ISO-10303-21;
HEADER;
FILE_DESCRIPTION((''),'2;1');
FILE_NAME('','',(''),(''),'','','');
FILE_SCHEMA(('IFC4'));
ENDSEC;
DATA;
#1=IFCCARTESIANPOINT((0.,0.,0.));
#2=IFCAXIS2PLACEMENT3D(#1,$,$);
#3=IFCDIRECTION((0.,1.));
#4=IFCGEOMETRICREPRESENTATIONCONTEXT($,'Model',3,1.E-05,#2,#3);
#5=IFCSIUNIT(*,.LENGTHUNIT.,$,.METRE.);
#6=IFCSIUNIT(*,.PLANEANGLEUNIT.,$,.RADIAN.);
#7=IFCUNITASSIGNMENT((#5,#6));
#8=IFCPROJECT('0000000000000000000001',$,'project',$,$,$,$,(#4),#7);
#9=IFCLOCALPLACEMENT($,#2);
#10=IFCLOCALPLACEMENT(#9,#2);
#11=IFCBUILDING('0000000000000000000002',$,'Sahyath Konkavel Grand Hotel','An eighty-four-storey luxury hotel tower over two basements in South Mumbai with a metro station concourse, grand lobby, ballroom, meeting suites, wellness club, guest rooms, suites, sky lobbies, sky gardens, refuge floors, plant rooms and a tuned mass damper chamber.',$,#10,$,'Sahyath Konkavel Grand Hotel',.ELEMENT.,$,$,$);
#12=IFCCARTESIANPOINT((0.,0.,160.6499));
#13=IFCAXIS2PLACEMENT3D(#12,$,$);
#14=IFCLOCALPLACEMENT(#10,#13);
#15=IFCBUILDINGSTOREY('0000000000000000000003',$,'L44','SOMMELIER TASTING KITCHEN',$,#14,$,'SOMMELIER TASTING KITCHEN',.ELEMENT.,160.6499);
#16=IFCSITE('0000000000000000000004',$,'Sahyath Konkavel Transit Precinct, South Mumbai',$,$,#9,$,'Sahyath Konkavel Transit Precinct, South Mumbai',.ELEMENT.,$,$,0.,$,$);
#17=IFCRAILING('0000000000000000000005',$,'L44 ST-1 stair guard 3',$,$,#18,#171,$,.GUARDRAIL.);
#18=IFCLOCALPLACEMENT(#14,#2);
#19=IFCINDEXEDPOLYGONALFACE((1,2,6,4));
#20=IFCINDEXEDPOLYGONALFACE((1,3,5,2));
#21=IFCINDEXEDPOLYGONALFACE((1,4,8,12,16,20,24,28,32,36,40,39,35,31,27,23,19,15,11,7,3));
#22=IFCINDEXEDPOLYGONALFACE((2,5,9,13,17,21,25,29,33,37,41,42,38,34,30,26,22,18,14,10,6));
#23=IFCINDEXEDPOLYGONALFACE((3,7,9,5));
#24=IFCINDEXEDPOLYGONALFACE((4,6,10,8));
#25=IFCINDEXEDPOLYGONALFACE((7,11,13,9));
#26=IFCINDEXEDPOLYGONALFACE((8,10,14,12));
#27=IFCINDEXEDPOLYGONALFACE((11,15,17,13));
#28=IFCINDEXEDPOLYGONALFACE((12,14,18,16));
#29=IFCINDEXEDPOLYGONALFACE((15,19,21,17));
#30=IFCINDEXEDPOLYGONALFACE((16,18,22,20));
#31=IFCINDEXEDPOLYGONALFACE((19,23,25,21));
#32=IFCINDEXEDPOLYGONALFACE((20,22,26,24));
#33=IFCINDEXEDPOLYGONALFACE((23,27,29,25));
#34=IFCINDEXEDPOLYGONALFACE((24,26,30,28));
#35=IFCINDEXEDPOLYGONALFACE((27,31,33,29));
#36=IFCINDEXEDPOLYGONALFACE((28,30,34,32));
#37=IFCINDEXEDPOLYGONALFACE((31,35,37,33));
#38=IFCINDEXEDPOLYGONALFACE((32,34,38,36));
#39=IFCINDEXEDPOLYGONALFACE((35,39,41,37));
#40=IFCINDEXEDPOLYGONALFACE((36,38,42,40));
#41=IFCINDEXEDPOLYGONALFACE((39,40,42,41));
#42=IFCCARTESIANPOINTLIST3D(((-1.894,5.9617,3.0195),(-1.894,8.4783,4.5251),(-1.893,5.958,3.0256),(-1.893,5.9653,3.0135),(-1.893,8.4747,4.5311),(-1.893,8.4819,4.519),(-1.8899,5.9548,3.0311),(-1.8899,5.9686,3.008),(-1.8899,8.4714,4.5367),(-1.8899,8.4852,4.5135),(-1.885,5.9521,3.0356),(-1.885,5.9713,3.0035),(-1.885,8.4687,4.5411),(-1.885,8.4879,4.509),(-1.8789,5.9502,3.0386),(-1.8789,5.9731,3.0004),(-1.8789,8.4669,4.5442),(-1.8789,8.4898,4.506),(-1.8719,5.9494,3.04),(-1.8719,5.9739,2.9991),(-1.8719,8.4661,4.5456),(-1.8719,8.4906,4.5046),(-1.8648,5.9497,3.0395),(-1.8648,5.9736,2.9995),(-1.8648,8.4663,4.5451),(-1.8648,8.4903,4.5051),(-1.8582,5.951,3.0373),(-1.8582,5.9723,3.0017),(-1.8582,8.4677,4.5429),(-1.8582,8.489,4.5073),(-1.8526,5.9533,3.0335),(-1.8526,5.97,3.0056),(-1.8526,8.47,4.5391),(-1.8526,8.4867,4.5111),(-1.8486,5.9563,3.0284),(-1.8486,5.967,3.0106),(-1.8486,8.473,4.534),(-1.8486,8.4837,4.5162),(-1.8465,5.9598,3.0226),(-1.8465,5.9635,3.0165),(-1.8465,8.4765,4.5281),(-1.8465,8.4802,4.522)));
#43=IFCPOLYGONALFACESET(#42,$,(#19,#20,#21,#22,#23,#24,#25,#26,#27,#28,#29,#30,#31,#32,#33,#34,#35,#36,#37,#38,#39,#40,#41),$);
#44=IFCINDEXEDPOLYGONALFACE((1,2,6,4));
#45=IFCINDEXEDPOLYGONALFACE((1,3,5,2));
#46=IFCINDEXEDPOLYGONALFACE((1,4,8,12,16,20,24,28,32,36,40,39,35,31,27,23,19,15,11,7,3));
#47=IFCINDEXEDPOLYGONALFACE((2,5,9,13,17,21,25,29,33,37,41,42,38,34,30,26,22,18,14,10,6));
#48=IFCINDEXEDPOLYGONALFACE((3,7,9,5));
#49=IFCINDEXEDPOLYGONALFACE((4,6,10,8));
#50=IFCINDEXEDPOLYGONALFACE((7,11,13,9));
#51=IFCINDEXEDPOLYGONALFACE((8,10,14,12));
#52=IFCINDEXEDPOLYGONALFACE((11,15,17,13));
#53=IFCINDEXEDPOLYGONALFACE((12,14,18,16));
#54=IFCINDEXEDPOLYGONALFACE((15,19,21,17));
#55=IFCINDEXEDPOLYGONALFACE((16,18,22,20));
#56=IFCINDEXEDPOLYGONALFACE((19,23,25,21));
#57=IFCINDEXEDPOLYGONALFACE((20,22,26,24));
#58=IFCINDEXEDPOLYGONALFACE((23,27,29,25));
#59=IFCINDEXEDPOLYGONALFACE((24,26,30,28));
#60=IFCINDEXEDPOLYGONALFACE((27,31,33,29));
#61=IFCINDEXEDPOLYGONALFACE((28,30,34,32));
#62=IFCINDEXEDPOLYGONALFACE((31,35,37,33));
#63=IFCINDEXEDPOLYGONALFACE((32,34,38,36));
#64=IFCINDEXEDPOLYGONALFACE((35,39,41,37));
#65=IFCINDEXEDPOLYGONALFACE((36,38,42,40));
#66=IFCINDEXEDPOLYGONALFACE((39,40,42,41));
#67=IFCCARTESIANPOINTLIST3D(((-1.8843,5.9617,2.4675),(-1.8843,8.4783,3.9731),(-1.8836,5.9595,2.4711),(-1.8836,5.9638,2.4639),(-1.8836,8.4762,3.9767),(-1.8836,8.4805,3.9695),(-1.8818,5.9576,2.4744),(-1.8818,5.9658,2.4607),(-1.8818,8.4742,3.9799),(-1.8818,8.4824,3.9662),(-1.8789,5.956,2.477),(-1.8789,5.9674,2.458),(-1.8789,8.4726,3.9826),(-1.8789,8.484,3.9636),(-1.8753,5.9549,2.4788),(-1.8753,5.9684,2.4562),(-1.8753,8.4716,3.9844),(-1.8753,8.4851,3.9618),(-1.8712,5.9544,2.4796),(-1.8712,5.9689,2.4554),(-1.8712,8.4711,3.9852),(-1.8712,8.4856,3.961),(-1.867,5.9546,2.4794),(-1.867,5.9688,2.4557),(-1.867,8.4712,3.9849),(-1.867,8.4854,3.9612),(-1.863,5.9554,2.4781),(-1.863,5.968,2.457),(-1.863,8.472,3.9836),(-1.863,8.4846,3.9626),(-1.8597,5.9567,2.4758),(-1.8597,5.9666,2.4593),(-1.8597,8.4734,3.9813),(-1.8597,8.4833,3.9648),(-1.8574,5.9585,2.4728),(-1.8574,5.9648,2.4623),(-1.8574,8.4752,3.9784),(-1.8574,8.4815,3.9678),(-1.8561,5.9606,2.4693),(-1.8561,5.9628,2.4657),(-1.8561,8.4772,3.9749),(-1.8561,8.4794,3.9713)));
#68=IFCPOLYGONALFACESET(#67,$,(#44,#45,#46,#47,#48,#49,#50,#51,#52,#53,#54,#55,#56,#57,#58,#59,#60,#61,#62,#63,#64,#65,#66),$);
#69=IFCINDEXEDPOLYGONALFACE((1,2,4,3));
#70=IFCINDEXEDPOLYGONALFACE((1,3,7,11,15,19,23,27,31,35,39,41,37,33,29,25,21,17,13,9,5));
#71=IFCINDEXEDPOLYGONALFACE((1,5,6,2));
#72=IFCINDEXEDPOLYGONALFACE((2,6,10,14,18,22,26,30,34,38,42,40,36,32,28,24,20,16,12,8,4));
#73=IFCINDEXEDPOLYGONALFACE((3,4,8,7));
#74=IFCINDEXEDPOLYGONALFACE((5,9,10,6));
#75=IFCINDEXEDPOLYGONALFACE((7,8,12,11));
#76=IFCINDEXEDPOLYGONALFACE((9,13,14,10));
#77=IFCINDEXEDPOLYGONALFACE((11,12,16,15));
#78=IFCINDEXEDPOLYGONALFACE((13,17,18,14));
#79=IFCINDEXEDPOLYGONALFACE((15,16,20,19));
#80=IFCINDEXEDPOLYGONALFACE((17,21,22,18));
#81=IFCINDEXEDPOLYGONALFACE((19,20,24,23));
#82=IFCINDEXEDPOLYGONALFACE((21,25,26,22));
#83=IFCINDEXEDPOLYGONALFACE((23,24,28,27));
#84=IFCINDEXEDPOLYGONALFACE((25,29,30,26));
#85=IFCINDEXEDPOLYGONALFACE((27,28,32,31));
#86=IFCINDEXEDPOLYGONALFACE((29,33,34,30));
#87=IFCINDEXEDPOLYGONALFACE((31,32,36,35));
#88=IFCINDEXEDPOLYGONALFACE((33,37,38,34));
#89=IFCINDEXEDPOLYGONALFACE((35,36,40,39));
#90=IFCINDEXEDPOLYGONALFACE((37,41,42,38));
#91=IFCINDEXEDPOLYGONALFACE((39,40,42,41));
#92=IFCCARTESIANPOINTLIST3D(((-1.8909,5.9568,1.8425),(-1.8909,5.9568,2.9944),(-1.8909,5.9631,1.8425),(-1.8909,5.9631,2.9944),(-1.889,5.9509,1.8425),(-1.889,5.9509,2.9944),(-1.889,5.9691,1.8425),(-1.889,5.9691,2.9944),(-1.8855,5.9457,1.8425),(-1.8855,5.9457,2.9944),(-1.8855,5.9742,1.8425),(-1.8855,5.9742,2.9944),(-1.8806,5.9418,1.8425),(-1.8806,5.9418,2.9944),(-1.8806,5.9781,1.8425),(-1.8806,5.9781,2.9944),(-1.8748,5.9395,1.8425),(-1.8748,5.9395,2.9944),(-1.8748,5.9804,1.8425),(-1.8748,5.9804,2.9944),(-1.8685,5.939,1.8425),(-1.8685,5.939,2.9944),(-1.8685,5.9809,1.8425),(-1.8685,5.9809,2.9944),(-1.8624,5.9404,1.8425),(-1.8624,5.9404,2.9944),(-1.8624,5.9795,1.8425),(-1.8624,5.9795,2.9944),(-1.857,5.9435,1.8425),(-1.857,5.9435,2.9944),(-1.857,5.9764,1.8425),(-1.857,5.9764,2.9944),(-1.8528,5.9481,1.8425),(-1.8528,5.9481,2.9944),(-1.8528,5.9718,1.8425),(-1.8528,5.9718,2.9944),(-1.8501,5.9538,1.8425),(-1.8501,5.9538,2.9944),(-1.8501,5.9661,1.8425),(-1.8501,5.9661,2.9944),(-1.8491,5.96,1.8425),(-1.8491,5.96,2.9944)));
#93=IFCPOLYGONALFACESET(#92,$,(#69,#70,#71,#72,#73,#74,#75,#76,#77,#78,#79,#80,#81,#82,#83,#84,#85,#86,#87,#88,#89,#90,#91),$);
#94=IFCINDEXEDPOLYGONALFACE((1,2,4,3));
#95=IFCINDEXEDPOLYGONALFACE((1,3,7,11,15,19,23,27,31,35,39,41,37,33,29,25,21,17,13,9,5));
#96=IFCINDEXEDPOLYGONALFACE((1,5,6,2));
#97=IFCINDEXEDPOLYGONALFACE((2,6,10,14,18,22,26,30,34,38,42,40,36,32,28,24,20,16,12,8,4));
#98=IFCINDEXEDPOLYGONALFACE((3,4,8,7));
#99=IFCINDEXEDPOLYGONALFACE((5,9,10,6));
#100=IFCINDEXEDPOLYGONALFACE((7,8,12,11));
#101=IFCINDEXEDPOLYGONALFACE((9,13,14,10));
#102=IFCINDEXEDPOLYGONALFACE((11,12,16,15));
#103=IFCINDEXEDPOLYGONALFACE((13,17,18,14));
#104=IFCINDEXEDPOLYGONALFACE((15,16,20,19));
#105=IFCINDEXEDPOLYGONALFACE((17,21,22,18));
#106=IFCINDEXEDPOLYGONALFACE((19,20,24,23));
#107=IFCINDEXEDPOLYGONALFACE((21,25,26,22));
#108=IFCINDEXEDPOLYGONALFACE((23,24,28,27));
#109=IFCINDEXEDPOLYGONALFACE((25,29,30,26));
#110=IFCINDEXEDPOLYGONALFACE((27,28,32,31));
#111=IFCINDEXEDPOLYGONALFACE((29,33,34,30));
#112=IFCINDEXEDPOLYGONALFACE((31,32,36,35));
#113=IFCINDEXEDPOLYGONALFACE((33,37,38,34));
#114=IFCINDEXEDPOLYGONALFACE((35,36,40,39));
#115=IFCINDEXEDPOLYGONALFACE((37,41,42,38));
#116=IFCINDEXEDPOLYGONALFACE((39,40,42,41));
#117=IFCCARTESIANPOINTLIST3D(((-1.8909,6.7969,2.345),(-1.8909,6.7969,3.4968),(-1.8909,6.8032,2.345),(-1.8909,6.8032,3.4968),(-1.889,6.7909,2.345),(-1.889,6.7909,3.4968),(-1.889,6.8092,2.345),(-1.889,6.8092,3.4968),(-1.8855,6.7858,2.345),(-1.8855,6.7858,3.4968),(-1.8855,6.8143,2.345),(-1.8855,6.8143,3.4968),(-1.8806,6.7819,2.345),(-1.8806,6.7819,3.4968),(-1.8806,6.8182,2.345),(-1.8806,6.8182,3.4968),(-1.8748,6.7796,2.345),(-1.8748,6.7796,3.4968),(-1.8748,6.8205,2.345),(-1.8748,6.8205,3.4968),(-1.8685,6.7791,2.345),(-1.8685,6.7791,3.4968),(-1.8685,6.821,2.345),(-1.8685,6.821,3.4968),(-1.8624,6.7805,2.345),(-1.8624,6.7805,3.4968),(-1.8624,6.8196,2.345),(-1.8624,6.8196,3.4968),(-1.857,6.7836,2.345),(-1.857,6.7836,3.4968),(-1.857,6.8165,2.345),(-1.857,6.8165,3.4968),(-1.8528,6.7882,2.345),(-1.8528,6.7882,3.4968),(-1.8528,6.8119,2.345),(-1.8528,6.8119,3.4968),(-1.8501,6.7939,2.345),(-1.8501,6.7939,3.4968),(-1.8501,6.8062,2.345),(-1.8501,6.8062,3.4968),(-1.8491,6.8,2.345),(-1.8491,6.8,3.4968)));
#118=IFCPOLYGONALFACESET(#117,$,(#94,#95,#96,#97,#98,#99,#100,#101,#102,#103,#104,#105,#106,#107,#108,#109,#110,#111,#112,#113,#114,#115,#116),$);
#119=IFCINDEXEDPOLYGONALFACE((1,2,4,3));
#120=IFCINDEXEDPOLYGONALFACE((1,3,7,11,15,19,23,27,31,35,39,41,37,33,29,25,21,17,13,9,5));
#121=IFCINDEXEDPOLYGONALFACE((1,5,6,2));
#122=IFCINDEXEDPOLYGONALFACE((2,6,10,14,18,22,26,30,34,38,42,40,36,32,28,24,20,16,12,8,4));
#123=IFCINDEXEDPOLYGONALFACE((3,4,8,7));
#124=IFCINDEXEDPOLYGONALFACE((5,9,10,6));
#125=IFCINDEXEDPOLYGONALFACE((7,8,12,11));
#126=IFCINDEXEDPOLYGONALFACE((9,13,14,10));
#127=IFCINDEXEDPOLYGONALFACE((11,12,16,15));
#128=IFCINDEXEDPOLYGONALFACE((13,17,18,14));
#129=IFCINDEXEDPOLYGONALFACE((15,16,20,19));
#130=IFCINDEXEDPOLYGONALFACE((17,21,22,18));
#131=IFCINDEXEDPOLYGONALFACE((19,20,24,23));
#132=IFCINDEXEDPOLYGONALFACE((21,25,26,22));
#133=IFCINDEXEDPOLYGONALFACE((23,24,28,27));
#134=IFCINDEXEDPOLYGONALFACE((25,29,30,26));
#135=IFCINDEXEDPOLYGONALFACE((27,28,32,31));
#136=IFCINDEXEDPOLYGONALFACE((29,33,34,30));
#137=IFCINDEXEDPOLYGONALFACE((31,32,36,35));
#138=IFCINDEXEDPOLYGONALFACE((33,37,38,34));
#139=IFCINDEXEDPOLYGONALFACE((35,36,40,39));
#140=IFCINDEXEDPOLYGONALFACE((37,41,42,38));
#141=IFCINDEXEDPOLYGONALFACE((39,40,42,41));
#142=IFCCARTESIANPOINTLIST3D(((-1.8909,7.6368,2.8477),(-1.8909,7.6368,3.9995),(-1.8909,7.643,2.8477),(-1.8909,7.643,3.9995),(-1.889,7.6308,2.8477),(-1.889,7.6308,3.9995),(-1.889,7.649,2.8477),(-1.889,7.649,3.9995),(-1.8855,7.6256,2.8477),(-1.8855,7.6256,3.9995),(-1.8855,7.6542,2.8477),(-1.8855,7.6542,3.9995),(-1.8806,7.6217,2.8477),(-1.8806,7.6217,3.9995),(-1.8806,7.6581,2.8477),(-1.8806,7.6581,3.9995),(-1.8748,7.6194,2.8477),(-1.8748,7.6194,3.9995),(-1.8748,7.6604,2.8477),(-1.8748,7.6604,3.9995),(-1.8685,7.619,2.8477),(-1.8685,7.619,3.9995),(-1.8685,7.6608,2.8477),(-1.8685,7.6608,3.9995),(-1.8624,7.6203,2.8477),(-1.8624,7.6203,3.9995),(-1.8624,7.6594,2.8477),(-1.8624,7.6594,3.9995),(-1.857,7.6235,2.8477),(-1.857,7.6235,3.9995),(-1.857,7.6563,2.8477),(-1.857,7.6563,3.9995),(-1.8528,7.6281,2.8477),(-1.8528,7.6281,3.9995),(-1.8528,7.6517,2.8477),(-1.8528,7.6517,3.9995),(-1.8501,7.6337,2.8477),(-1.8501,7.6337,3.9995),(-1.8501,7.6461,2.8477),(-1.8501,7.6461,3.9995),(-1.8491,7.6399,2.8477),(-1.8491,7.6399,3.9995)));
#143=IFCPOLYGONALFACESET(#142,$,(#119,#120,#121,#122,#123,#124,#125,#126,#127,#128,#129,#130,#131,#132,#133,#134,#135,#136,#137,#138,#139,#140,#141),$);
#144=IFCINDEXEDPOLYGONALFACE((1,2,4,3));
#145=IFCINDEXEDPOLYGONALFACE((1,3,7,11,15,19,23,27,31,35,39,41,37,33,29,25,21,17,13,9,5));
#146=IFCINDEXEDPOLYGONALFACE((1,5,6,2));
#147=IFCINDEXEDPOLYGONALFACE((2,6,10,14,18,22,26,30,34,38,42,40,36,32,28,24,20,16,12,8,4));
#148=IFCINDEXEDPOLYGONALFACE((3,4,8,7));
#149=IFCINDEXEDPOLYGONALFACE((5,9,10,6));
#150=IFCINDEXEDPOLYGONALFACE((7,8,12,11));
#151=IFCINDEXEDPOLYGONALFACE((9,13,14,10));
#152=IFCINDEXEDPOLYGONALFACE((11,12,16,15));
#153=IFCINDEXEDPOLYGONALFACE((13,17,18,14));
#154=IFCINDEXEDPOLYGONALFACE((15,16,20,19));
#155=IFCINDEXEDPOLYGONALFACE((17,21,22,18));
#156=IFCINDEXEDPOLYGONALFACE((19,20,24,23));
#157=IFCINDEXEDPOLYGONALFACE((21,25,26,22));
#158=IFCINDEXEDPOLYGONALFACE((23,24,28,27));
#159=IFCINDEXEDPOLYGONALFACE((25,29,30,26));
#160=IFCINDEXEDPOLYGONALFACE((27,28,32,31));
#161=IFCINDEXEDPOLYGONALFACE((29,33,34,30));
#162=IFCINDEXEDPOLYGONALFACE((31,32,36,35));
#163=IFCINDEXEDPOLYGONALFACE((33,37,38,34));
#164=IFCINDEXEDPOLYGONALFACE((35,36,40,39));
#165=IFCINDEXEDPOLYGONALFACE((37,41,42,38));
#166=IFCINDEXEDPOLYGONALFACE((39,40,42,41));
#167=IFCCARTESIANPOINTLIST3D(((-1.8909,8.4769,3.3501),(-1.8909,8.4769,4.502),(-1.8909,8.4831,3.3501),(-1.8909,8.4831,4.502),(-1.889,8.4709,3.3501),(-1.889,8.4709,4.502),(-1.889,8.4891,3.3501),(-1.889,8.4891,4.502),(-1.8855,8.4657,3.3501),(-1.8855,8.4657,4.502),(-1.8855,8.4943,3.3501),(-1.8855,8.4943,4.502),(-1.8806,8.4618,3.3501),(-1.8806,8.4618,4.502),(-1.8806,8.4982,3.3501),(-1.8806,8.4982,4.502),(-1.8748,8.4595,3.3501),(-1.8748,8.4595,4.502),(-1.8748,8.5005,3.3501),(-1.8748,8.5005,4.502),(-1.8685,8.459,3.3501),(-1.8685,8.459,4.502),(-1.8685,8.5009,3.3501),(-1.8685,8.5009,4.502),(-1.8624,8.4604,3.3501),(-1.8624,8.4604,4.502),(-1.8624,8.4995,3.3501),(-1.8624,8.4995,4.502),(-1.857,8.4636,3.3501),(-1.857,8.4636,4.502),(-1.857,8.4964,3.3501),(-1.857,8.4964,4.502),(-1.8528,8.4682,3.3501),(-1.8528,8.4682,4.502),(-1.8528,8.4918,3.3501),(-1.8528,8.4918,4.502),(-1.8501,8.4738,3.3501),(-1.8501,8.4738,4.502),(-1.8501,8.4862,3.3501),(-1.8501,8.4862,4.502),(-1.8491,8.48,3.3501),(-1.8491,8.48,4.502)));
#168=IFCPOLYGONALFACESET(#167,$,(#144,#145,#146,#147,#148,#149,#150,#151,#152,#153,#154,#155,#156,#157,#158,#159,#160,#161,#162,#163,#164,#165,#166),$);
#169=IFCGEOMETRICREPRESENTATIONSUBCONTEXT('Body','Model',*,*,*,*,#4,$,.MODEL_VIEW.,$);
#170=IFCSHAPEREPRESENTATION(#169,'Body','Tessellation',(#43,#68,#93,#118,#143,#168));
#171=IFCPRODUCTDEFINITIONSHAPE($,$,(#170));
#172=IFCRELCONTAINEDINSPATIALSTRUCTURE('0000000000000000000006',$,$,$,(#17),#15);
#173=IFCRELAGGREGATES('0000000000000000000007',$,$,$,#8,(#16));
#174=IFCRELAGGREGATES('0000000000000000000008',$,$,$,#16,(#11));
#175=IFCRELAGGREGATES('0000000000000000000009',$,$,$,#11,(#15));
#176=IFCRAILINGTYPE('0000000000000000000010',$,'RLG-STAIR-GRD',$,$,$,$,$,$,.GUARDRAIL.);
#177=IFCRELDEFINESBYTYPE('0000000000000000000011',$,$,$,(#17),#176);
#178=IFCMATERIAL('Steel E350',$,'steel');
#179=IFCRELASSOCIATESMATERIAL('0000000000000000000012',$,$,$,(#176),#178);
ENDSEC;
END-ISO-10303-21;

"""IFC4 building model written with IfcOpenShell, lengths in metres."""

from ifc_helpers import new_model, si_unit, direction, frame, origin, origin_2d, place, context, subcontext, project, spatial, circle, extrude, material, type_object, element, save


model = new_model("IFC4")

# Units and contexts
model_context = context("Model", 3, precision=1e-05, world=origin(), true_north=direction((0.0, 1.0)))
body_context = subcontext(model_context, "Body", "Model", "MODEL_VIEW")
ifc_project = project(units=[si_unit("LENGTHUNIT", "METRE"), si_unit("PLANEANGLEUNIT", "RADIAN")], contexts=[model_context])

# Site, building, storey
site_placement = place(None, origin())
site = spatial("IfcSite", under=ifc_project, at=site_placement, Name="Sahyath Konkavel Transit Precinct, South Mumbai", LongName="Sahyath Konkavel Transit Precinct, South Mumbai", CompositionType="ELEMENT", RefElevation=0.0)
building_placement = place(site_placement, origin())
building = spatial("IfcBuilding", under=site, at=building_placement, Name="Sahyath Konkavel Grand Hotel", Description="An eighty-four-storey luxury hotel tower over two basements in South Mumbai with a metro station concourse, grand lobby, ballroom, meeting suites, wellness club, guest rooms, suites, sky lobbies, sky gardens, refuge floors, plant rooms and a tuned mass damper chamber.", LongName="Sahyath Konkavel Grand Hotel", CompositionType="ELEMENT")
storey_placement = place(building_placement, frame((0.0, 0.0, 160.6499)))
storey = spatial("IfcBuildingStorey", under=building, at=storey_placement, Name="L44", Description="SOMMELIER TASTING KITCHEN", LongName="SOMMELIER TASTING KITCHEN", CompositionType="ELEMENT", Elevation=160.6499)

# Shared definitions
ifc_material_1 = material(Name="Steel E350", Category="steel")

# Railing
railing_type_1 = type_object("IfcRailingType", Name="RLG-STAIR-GRD", PredefinedType="GUARDRAIL", material=ifc_material_1)
railing_1_placement = place(storey_placement, frame((-1.8701, 5.96, 1.8425)))
element("IfcRailing", 1, at=railing_1_placement, inside=storey, type_object=railing_type_1, Name="L44 ST-1 stair guard 3", PredefinedType="GUARDRAIL", context=body_context, shape_type="SweptSolid", body=[
    extrude(circle(Radius=0.0239, at=origin_2d()), frame((0.0, 0.0017, 1.177), z_axis=(0.0, 0.85816, 0.513383), x_axis=(-1.0, 0.0, 0.0)), (0.0, 0.0, 1.0), 2.9326),
    extrude(circle(Radius=0.0142, at=origin_2d()), frame((0.0, 0.0017, 0.625), z_axis=(0.0, 0.85816, 0.513383), x_axis=(-1.0, 0.0, 0.0)), (0.0, 0.0, 1.0), 2.9326),
    extrude(circle(Radius=0.021, at=origin_2d()), origin(), (0.0, 0.0, 1.0), 1.1519),
    extrude(circle(Radius=0.021, at=origin_2d()), frame((0.0, 0.8401, 0.5024)), (0.0, 0.0, 1.0), 1.1519),
    extrude(circle(Radius=0.021, at=origin_2d()), frame((0.0, 1.6799, 1.0051)), (0.0, 0.0, 1.0), 1.1519),
    extrude(circle(Radius=0.021, at=origin_2d()), frame((0.0, 2.52, 1.5076)), (0.0, 0.0, 1.0), 1.1519),
])

save(model, "model.ifc")
